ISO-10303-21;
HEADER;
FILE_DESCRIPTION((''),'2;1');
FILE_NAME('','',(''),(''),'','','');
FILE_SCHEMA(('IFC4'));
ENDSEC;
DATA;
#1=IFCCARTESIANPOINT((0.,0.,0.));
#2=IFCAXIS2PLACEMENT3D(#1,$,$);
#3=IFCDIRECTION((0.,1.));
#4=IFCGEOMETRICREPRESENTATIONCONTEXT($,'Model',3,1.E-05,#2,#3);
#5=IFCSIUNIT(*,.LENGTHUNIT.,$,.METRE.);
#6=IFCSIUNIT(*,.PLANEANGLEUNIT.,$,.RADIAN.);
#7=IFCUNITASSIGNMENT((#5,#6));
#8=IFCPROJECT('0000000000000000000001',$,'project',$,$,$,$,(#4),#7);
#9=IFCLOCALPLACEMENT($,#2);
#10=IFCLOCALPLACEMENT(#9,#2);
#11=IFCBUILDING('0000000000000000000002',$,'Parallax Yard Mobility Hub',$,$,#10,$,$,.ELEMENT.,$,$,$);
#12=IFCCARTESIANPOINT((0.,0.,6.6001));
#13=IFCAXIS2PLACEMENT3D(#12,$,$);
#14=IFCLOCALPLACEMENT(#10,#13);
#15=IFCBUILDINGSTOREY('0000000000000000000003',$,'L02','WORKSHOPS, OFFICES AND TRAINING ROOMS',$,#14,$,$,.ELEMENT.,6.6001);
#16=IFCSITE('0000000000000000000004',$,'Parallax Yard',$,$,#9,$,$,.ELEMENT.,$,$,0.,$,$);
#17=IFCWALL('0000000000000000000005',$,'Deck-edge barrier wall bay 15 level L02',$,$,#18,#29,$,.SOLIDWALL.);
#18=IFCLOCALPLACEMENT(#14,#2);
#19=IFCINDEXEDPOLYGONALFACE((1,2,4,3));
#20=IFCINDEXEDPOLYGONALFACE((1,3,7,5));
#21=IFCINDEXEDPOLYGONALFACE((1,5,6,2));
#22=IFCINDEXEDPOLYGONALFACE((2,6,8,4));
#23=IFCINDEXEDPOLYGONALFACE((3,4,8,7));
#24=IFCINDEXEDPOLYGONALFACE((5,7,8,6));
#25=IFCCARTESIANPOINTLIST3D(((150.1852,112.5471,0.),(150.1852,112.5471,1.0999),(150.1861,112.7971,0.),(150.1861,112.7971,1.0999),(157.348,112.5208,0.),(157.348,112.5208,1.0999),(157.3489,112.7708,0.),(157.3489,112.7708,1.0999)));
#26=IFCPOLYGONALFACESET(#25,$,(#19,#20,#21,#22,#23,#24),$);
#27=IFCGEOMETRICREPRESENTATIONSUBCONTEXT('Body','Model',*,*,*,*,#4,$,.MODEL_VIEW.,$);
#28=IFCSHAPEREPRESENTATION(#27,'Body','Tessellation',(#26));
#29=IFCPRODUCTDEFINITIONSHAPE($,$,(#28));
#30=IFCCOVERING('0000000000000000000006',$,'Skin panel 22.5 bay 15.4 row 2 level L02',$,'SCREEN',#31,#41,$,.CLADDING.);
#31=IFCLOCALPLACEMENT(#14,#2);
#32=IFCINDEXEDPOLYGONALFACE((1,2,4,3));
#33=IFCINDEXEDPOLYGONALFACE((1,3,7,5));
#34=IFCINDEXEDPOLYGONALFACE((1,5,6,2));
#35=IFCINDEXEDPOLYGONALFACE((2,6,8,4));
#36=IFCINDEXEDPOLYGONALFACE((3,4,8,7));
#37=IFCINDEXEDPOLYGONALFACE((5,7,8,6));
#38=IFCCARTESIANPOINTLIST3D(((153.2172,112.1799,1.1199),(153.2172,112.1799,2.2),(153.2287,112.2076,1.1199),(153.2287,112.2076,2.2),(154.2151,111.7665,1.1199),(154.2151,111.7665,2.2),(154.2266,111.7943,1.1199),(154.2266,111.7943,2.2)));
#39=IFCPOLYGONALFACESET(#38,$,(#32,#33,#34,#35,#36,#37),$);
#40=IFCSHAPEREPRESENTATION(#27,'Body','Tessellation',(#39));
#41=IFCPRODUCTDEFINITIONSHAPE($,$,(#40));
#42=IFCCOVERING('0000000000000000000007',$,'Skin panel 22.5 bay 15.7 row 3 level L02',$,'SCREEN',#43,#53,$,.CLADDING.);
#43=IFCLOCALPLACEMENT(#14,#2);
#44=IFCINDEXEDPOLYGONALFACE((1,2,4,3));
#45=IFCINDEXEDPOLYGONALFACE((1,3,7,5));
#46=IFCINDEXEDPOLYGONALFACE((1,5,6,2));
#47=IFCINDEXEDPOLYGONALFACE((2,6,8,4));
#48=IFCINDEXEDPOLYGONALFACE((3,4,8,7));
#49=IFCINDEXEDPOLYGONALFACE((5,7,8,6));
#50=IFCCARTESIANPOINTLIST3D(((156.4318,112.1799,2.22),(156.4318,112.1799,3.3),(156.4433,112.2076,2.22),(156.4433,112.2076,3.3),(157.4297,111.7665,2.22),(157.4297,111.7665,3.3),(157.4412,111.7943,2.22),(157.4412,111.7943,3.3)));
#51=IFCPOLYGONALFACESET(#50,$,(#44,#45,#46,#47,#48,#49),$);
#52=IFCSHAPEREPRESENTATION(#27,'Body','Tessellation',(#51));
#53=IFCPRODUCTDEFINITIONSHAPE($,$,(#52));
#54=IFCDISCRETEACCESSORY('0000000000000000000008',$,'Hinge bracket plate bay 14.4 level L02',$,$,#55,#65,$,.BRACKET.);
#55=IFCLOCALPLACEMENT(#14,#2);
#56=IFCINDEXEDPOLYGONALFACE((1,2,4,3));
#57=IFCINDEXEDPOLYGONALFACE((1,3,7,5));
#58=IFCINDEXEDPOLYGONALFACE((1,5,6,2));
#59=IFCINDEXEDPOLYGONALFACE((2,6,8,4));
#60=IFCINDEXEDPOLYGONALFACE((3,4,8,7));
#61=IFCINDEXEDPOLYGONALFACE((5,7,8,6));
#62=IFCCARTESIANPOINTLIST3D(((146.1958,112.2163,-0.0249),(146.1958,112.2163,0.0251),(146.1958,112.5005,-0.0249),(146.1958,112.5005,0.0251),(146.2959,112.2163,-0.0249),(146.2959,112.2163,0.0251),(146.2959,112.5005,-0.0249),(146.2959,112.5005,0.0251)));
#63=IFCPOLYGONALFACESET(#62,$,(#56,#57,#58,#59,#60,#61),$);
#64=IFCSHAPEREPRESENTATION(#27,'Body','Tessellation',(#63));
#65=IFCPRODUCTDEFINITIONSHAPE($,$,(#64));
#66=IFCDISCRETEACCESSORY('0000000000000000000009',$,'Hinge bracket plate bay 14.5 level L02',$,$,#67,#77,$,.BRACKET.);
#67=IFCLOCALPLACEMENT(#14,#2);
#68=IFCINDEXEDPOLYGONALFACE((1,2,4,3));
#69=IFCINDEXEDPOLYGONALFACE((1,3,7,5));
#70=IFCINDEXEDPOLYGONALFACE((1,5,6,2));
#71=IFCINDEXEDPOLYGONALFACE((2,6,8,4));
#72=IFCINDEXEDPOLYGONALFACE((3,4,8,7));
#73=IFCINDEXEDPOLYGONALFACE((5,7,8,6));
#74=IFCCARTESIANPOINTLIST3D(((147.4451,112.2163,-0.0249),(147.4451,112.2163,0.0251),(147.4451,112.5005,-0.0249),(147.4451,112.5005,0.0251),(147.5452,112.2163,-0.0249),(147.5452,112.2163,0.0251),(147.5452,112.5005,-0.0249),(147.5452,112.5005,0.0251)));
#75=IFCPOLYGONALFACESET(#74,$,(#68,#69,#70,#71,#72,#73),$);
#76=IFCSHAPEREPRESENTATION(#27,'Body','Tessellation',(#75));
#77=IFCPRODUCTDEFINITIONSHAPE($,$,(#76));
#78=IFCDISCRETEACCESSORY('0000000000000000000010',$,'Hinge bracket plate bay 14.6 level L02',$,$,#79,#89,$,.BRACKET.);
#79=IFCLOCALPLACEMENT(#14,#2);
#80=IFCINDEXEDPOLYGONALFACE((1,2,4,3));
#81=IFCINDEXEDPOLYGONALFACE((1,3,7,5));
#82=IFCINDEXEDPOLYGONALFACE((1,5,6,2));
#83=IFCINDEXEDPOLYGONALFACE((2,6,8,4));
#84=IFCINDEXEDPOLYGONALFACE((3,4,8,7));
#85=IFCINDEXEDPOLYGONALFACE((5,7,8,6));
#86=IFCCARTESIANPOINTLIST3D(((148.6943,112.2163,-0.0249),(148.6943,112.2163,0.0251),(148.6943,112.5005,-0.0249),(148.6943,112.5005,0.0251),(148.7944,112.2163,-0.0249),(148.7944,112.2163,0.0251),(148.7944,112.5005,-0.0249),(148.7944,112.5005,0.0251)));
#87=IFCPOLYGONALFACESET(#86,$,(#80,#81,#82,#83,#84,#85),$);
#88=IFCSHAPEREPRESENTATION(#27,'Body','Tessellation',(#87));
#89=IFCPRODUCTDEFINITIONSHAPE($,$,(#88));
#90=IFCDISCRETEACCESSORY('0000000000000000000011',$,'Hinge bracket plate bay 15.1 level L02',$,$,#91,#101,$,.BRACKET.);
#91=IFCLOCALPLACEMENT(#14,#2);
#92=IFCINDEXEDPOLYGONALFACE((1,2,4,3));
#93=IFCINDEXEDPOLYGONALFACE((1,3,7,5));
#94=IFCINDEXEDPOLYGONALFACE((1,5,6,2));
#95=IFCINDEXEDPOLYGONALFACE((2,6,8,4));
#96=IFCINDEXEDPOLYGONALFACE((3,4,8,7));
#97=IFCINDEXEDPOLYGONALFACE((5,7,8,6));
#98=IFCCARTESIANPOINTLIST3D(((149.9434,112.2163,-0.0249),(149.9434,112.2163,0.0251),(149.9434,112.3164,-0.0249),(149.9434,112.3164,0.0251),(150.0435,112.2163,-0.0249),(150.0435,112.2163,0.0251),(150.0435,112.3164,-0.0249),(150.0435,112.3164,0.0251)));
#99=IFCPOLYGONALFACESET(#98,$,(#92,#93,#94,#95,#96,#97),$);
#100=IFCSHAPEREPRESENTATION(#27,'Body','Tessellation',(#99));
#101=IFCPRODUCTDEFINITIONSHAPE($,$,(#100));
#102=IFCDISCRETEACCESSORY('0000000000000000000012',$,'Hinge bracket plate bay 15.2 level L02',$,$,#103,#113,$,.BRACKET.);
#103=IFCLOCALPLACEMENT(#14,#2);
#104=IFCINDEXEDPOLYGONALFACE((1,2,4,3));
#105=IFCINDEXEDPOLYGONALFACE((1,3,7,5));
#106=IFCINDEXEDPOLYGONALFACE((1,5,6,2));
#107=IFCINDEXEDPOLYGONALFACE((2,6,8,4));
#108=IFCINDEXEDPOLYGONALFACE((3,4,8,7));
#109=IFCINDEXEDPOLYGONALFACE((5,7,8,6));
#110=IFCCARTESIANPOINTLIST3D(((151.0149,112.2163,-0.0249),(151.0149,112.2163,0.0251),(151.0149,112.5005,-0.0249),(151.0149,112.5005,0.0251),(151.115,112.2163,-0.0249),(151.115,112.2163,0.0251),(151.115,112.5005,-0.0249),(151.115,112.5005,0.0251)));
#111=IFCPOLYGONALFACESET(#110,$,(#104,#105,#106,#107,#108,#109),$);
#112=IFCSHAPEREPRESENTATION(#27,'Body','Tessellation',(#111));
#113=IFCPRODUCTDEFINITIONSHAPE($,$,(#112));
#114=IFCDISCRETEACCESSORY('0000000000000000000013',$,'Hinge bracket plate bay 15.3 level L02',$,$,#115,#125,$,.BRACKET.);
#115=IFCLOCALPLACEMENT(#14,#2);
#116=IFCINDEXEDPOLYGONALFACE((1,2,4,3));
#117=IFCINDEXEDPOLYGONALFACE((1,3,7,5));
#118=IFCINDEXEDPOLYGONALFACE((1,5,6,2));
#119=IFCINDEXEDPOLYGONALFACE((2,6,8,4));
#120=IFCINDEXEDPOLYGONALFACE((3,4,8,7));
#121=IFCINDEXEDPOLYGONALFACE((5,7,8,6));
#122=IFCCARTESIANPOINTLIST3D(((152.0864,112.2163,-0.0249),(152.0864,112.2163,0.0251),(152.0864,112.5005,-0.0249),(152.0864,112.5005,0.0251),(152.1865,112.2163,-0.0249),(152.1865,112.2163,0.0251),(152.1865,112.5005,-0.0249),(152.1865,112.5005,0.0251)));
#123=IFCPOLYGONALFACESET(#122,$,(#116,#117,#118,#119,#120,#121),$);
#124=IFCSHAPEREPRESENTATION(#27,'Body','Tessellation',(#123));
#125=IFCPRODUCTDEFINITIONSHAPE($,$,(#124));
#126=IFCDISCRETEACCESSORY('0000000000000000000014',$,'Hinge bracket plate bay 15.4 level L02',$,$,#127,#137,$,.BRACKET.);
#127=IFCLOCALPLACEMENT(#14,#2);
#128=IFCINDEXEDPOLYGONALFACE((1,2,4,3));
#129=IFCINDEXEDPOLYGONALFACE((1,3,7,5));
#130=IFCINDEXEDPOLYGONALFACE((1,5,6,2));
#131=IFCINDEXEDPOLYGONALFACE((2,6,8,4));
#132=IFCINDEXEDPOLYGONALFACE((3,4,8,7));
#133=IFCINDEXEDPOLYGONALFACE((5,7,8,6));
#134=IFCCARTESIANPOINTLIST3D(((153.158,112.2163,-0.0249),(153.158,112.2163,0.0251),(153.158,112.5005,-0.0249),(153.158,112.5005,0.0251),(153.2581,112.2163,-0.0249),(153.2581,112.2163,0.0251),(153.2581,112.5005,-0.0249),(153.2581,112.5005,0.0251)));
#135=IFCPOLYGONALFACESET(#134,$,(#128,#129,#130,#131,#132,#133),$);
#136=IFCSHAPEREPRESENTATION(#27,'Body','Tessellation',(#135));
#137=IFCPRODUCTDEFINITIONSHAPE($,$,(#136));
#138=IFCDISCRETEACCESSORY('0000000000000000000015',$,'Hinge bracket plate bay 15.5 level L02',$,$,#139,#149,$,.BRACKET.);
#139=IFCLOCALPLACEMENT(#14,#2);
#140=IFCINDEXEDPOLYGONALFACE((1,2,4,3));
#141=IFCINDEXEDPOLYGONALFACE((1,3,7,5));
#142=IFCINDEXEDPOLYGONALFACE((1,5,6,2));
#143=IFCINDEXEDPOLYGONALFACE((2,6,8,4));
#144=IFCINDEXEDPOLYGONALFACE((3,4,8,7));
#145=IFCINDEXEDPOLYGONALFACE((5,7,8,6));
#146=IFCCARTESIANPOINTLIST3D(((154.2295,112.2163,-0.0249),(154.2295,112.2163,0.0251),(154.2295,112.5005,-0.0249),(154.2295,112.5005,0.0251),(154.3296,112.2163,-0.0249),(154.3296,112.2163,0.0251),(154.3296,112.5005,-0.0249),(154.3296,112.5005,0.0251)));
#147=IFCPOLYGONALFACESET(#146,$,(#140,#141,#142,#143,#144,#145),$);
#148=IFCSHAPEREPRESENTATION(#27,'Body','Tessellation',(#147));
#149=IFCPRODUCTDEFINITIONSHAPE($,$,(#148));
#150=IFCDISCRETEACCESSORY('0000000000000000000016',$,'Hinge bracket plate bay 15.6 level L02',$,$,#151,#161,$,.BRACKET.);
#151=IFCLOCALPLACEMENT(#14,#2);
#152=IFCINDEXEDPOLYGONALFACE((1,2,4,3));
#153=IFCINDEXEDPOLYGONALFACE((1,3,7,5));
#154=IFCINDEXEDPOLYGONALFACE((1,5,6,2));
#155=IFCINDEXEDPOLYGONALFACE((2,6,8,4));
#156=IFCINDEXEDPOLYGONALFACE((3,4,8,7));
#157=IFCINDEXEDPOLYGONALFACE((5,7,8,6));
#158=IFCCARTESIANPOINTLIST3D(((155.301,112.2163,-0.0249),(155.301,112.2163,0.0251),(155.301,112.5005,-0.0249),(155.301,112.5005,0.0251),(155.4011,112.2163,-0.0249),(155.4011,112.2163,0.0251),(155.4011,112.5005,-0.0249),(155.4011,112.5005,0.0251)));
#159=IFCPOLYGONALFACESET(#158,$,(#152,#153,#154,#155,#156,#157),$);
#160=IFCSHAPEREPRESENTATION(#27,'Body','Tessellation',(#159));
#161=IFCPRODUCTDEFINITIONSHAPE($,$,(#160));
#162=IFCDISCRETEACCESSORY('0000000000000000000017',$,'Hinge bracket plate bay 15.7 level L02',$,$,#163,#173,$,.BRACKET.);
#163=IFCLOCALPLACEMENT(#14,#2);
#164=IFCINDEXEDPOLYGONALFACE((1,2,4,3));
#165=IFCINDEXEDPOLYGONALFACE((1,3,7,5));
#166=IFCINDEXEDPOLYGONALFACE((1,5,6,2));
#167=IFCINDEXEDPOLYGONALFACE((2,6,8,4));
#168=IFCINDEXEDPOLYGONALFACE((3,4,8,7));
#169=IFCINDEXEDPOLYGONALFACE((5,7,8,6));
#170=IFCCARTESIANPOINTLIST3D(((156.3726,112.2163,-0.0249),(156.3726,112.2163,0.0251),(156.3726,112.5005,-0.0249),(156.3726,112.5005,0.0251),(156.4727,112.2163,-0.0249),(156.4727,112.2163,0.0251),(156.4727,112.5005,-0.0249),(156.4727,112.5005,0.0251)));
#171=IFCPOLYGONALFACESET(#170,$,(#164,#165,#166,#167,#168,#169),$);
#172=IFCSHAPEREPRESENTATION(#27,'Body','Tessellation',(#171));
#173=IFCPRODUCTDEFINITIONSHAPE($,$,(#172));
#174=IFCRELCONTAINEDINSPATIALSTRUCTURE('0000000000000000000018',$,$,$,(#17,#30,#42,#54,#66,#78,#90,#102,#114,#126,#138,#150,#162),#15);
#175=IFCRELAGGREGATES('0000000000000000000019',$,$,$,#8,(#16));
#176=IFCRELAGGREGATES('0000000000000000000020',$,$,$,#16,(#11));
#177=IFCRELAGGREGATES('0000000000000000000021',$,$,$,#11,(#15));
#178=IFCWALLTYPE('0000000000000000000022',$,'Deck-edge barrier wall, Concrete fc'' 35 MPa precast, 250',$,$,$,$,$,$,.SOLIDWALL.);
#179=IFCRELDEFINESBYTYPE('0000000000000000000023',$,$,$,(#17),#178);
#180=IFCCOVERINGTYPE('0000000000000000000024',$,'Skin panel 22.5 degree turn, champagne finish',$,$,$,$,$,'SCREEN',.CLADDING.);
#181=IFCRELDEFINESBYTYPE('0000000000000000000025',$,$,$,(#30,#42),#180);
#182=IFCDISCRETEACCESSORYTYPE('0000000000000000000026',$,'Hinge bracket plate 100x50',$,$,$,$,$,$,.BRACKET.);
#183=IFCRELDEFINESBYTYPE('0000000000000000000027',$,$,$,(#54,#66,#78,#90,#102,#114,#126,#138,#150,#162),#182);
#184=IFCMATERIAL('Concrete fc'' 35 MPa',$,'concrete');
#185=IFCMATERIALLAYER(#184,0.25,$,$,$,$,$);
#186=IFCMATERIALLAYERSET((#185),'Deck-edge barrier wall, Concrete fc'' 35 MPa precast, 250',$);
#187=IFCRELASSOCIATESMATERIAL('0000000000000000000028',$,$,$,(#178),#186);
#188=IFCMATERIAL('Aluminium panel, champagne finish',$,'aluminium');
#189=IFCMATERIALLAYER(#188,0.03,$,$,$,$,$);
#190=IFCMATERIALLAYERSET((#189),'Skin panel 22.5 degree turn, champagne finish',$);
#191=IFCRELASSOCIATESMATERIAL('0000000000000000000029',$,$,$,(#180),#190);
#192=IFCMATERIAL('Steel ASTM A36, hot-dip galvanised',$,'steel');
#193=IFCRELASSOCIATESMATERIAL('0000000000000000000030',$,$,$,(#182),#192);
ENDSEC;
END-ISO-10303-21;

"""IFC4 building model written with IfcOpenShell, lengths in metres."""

from ifc_helpers import new_model, si_unit, direction, frame, frame_2d, origin, origin_2d, place, context, subcontext, project, spatial, rectangle, extrude, material, layer, layer_set, type_object, element, save


model = new_model("IFC4")

# Units and contexts
model_context = context("Model", 3, precision=1e-05, world=origin(), true_north=direction((0.0, 1.0)))
body_context = subcontext(model_context, "Body", "Model", "MODEL_VIEW")
ifc_project = project(units=[si_unit("LENGTHUNIT", "METRE"), si_unit("PLANEANGLEUNIT", "RADIAN")], contexts=[model_context])

# Site, building, storey
site_placement = place(None, origin())
site = spatial("IfcSite", under=ifc_project, at=site_placement, Name="Parallax Yard", CompositionType="ELEMENT", RefElevation=0.0)
building_placement = place(site_placement, origin())
building = spatial("IfcBuilding", under=site, at=building_placement, Name="Parallax Yard Mobility Hub", CompositionType="ELEMENT")
storey_placement = place(building_placement, frame((0.0, 0.0, 6.6001)))
storey = spatial("IfcBuildingStorey", under=building, at=storey_placement, Name="L02", Description="WORKSHOPS, OFFICES AND TRAINING ROOMS", CompositionType="ELEMENT", Elevation=6.6001)

# Wall
ifc_material_1 = material(Name="Concrete fc' 35 MPa", Category="concrete")
ifc_layer_1 = layer(ifc_material_1, 0.25)
ifc_layer_set_1 = layer_set([ifc_layer_1], Name="Deck-edge barrier wall, Concrete fc' 35 MPa precast, 250")
wall_type = type_object("IfcWallType", Name="Deck-edge barrier wall, Concrete fc' 35 MPa precast, 250", PredefinedType="SOLIDWALL", material=ifc_layer_set_1)
wall_placement = place(storey_placement, frame((150.1855, 112.6721, 0.0), z_axis=(0.0, 0.0, 1.0), x_axis=(0.999993, -0.003681, 0.0)))
element("IfcWall", 1, at=wall_placement, inside=storey, type_object=wall_type, Name="Deck-edge barrier wall bay 15 level L02", PredefinedType="SOLIDWALL", context=body_context, shape_type="SweptSolid", body=[
    extrude(rectangle(XDim=7.1628, YDim=0.25, at=frame_2d((3.5815, 0.0))), origin(), (0.0, 0.0, 1.0), 1.0999),
])

# Coverings
ifc_material_2 = material(Name="Aluminium panel, champagne finish", Category="aluminium")
ifc_layer_2 = layer(ifc_material_2, 0.03)
ifc_layer_set_2 = layer_set([ifc_layer_2], Name="Skin panel 22.5 degree turn, champagne finish")
covering_type = type_object("IfcCoveringType", Name="Skin panel 22.5 degree turn, champagne finish", ElementType="SCREEN", PredefinedType="CLADDING", material=ifc_layer_set_2)
for number, where, z_axis, x_axis, name in (
    (2, (153.7219, 111.9871, 1.1199), (0.0, 0.0, 1.0), (0.92388, -0.382683, 0.0), "Skin panel 22.5 bay 15.4 row 2 level L02"),
    (3, (156.9365, 111.9871, 2.22), (0.0, 0.0, 1.0), (0.92388, -0.382683, 0.0), "Skin panel 22.5 bay 15.7 row 3 level L02"),
):
    element("IfcCovering", number, at=place(storey_placement, frame(where, z_axis=z_axis, x_axis=x_axis)), inside=storey, type_object=covering_type, Name=name, ObjectType="SCREEN", PredefinedType="CLADDING", context=body_context, shape_type="SweptSolid", body=[
        extrude(rectangle(XDim=1.0801, YDim=0.03, at=origin_2d()), origin(), (0.0, 0.0, 1.0), 1.0801),
    ])

# Discrete accessories
ifc_material_3 = material(Name="Steel ASTM A36, hot-dip galvanised", Category="steel")
discrete_accessory_type_1 = type_object("IfcDiscreteAccessoryType", Name="Hinge bracket plate 100x50", PredefinedType="BRACKET", material=ifc_material_3)
for number, where, z_axis, x_axis, name in (
    (4, (146.2458, 112.3584, -0.0249), (0.0, 0.0, 1.0), (0.0, -1.0, 0.0), "Hinge bracket plate bay 14.4 level L02"),
    (5, (147.4951, 112.3584, -0.0249), (0.0, 0.0, 1.0), (0.0, -1.0, 0.0), "Hinge bracket plate bay 14.5 level L02"),
    (6, (148.7444, 112.3584, -0.0249), (0.0, 0.0, 1.0), (0.0, -1.0, 0.0), "Hinge bracket plate bay 14.6 level L02"),
):
    element("IfcDiscreteAccessory", number, at=place(storey_placement, frame(where, z_axis=z_axis, x_axis=x_axis)), inside=storey, type_object=discrete_accessory_type_1, Name=name, PredefinedType="BRACKET", context=body_context, shape_type="SweptSolid", body=[
        extrude(rectangle(XDim=0.2842, YDim=0.1001, at=origin_2d()), origin(), (0.0, 0.0, 1.0), 0.05),
    ])
discrete_accessory_placement = place(storey_placement, frame((149.9934, 112.2664, -0.0249), z_axis=(0.0, 0.0, 1.0), x_axis=(0.0, -1.0, 0.0)))
element("IfcDiscreteAccessory", 7, at=discrete_accessory_placement, inside=storey, type_object=discrete_accessory_type_1, Name="Hinge bracket plate bay 15.1 level L02", PredefinedType="BRACKET", context=body_context, shape_type="SweptSolid", body=[
    extrude(rectangle(XDim=0.1001, YDim=0.1001, at=origin_2d()), origin(), (0.0, 0.0, 1.0), 0.05),
])
for number, where, z_axis, x_axis, name in (
    (8, (151.0649, 112.3584, -0.0249), (0.0, 0.0, 1.0), (0.0, -1.0, 0.0), "Hinge bracket plate bay 15.2 level L02"),
    (9, (152.1365, 112.3584, -0.0249), (0.0, 0.0, 1.0), (0.0, -1.0, 0.0), "Hinge bracket plate bay 15.3 level L02"),
    (10, (153.208, 112.3584, -0.0249), (0.0, 0.0, 1.0), (0.0, -1.0, 0.0), "Hinge bracket plate bay 15.4 level L02"),
    (11, (154.2795, 112.3584, -0.0249), (0.0, 0.0, 1.0), (0.0, -1.0, 0.0), "Hinge bracket plate bay 15.5 level L02"),
    (12, (155.3511, 112.3584, -0.0249), (0.0, 0.0, 1.0), (0.0, -1.0, 0.0), "Hinge bracket plate bay 15.6 level L02"),
    (13, (156.4226, 112.3584, -0.0249), (0.0, 0.0, 1.0), (0.0, -1.0, 0.0), "Hinge bracket plate bay 15.7 level L02"),
):
    element("IfcDiscreteAccessory", number, at=place(storey_placement, frame(where, z_axis=z_axis, x_axis=x_axis)), inside=storey, type_object=discrete_accessory_type_1, Name=name, PredefinedType="BRACKET", context=body_context, shape_type="SweptSolid", body=[
        extrude(rectangle(XDim=0.2842, YDim=0.1001, at=origin_2d()), origin(), (0.0, 0.0, 1.0), 0.05),
    ])

save(model, "model.ifc")
